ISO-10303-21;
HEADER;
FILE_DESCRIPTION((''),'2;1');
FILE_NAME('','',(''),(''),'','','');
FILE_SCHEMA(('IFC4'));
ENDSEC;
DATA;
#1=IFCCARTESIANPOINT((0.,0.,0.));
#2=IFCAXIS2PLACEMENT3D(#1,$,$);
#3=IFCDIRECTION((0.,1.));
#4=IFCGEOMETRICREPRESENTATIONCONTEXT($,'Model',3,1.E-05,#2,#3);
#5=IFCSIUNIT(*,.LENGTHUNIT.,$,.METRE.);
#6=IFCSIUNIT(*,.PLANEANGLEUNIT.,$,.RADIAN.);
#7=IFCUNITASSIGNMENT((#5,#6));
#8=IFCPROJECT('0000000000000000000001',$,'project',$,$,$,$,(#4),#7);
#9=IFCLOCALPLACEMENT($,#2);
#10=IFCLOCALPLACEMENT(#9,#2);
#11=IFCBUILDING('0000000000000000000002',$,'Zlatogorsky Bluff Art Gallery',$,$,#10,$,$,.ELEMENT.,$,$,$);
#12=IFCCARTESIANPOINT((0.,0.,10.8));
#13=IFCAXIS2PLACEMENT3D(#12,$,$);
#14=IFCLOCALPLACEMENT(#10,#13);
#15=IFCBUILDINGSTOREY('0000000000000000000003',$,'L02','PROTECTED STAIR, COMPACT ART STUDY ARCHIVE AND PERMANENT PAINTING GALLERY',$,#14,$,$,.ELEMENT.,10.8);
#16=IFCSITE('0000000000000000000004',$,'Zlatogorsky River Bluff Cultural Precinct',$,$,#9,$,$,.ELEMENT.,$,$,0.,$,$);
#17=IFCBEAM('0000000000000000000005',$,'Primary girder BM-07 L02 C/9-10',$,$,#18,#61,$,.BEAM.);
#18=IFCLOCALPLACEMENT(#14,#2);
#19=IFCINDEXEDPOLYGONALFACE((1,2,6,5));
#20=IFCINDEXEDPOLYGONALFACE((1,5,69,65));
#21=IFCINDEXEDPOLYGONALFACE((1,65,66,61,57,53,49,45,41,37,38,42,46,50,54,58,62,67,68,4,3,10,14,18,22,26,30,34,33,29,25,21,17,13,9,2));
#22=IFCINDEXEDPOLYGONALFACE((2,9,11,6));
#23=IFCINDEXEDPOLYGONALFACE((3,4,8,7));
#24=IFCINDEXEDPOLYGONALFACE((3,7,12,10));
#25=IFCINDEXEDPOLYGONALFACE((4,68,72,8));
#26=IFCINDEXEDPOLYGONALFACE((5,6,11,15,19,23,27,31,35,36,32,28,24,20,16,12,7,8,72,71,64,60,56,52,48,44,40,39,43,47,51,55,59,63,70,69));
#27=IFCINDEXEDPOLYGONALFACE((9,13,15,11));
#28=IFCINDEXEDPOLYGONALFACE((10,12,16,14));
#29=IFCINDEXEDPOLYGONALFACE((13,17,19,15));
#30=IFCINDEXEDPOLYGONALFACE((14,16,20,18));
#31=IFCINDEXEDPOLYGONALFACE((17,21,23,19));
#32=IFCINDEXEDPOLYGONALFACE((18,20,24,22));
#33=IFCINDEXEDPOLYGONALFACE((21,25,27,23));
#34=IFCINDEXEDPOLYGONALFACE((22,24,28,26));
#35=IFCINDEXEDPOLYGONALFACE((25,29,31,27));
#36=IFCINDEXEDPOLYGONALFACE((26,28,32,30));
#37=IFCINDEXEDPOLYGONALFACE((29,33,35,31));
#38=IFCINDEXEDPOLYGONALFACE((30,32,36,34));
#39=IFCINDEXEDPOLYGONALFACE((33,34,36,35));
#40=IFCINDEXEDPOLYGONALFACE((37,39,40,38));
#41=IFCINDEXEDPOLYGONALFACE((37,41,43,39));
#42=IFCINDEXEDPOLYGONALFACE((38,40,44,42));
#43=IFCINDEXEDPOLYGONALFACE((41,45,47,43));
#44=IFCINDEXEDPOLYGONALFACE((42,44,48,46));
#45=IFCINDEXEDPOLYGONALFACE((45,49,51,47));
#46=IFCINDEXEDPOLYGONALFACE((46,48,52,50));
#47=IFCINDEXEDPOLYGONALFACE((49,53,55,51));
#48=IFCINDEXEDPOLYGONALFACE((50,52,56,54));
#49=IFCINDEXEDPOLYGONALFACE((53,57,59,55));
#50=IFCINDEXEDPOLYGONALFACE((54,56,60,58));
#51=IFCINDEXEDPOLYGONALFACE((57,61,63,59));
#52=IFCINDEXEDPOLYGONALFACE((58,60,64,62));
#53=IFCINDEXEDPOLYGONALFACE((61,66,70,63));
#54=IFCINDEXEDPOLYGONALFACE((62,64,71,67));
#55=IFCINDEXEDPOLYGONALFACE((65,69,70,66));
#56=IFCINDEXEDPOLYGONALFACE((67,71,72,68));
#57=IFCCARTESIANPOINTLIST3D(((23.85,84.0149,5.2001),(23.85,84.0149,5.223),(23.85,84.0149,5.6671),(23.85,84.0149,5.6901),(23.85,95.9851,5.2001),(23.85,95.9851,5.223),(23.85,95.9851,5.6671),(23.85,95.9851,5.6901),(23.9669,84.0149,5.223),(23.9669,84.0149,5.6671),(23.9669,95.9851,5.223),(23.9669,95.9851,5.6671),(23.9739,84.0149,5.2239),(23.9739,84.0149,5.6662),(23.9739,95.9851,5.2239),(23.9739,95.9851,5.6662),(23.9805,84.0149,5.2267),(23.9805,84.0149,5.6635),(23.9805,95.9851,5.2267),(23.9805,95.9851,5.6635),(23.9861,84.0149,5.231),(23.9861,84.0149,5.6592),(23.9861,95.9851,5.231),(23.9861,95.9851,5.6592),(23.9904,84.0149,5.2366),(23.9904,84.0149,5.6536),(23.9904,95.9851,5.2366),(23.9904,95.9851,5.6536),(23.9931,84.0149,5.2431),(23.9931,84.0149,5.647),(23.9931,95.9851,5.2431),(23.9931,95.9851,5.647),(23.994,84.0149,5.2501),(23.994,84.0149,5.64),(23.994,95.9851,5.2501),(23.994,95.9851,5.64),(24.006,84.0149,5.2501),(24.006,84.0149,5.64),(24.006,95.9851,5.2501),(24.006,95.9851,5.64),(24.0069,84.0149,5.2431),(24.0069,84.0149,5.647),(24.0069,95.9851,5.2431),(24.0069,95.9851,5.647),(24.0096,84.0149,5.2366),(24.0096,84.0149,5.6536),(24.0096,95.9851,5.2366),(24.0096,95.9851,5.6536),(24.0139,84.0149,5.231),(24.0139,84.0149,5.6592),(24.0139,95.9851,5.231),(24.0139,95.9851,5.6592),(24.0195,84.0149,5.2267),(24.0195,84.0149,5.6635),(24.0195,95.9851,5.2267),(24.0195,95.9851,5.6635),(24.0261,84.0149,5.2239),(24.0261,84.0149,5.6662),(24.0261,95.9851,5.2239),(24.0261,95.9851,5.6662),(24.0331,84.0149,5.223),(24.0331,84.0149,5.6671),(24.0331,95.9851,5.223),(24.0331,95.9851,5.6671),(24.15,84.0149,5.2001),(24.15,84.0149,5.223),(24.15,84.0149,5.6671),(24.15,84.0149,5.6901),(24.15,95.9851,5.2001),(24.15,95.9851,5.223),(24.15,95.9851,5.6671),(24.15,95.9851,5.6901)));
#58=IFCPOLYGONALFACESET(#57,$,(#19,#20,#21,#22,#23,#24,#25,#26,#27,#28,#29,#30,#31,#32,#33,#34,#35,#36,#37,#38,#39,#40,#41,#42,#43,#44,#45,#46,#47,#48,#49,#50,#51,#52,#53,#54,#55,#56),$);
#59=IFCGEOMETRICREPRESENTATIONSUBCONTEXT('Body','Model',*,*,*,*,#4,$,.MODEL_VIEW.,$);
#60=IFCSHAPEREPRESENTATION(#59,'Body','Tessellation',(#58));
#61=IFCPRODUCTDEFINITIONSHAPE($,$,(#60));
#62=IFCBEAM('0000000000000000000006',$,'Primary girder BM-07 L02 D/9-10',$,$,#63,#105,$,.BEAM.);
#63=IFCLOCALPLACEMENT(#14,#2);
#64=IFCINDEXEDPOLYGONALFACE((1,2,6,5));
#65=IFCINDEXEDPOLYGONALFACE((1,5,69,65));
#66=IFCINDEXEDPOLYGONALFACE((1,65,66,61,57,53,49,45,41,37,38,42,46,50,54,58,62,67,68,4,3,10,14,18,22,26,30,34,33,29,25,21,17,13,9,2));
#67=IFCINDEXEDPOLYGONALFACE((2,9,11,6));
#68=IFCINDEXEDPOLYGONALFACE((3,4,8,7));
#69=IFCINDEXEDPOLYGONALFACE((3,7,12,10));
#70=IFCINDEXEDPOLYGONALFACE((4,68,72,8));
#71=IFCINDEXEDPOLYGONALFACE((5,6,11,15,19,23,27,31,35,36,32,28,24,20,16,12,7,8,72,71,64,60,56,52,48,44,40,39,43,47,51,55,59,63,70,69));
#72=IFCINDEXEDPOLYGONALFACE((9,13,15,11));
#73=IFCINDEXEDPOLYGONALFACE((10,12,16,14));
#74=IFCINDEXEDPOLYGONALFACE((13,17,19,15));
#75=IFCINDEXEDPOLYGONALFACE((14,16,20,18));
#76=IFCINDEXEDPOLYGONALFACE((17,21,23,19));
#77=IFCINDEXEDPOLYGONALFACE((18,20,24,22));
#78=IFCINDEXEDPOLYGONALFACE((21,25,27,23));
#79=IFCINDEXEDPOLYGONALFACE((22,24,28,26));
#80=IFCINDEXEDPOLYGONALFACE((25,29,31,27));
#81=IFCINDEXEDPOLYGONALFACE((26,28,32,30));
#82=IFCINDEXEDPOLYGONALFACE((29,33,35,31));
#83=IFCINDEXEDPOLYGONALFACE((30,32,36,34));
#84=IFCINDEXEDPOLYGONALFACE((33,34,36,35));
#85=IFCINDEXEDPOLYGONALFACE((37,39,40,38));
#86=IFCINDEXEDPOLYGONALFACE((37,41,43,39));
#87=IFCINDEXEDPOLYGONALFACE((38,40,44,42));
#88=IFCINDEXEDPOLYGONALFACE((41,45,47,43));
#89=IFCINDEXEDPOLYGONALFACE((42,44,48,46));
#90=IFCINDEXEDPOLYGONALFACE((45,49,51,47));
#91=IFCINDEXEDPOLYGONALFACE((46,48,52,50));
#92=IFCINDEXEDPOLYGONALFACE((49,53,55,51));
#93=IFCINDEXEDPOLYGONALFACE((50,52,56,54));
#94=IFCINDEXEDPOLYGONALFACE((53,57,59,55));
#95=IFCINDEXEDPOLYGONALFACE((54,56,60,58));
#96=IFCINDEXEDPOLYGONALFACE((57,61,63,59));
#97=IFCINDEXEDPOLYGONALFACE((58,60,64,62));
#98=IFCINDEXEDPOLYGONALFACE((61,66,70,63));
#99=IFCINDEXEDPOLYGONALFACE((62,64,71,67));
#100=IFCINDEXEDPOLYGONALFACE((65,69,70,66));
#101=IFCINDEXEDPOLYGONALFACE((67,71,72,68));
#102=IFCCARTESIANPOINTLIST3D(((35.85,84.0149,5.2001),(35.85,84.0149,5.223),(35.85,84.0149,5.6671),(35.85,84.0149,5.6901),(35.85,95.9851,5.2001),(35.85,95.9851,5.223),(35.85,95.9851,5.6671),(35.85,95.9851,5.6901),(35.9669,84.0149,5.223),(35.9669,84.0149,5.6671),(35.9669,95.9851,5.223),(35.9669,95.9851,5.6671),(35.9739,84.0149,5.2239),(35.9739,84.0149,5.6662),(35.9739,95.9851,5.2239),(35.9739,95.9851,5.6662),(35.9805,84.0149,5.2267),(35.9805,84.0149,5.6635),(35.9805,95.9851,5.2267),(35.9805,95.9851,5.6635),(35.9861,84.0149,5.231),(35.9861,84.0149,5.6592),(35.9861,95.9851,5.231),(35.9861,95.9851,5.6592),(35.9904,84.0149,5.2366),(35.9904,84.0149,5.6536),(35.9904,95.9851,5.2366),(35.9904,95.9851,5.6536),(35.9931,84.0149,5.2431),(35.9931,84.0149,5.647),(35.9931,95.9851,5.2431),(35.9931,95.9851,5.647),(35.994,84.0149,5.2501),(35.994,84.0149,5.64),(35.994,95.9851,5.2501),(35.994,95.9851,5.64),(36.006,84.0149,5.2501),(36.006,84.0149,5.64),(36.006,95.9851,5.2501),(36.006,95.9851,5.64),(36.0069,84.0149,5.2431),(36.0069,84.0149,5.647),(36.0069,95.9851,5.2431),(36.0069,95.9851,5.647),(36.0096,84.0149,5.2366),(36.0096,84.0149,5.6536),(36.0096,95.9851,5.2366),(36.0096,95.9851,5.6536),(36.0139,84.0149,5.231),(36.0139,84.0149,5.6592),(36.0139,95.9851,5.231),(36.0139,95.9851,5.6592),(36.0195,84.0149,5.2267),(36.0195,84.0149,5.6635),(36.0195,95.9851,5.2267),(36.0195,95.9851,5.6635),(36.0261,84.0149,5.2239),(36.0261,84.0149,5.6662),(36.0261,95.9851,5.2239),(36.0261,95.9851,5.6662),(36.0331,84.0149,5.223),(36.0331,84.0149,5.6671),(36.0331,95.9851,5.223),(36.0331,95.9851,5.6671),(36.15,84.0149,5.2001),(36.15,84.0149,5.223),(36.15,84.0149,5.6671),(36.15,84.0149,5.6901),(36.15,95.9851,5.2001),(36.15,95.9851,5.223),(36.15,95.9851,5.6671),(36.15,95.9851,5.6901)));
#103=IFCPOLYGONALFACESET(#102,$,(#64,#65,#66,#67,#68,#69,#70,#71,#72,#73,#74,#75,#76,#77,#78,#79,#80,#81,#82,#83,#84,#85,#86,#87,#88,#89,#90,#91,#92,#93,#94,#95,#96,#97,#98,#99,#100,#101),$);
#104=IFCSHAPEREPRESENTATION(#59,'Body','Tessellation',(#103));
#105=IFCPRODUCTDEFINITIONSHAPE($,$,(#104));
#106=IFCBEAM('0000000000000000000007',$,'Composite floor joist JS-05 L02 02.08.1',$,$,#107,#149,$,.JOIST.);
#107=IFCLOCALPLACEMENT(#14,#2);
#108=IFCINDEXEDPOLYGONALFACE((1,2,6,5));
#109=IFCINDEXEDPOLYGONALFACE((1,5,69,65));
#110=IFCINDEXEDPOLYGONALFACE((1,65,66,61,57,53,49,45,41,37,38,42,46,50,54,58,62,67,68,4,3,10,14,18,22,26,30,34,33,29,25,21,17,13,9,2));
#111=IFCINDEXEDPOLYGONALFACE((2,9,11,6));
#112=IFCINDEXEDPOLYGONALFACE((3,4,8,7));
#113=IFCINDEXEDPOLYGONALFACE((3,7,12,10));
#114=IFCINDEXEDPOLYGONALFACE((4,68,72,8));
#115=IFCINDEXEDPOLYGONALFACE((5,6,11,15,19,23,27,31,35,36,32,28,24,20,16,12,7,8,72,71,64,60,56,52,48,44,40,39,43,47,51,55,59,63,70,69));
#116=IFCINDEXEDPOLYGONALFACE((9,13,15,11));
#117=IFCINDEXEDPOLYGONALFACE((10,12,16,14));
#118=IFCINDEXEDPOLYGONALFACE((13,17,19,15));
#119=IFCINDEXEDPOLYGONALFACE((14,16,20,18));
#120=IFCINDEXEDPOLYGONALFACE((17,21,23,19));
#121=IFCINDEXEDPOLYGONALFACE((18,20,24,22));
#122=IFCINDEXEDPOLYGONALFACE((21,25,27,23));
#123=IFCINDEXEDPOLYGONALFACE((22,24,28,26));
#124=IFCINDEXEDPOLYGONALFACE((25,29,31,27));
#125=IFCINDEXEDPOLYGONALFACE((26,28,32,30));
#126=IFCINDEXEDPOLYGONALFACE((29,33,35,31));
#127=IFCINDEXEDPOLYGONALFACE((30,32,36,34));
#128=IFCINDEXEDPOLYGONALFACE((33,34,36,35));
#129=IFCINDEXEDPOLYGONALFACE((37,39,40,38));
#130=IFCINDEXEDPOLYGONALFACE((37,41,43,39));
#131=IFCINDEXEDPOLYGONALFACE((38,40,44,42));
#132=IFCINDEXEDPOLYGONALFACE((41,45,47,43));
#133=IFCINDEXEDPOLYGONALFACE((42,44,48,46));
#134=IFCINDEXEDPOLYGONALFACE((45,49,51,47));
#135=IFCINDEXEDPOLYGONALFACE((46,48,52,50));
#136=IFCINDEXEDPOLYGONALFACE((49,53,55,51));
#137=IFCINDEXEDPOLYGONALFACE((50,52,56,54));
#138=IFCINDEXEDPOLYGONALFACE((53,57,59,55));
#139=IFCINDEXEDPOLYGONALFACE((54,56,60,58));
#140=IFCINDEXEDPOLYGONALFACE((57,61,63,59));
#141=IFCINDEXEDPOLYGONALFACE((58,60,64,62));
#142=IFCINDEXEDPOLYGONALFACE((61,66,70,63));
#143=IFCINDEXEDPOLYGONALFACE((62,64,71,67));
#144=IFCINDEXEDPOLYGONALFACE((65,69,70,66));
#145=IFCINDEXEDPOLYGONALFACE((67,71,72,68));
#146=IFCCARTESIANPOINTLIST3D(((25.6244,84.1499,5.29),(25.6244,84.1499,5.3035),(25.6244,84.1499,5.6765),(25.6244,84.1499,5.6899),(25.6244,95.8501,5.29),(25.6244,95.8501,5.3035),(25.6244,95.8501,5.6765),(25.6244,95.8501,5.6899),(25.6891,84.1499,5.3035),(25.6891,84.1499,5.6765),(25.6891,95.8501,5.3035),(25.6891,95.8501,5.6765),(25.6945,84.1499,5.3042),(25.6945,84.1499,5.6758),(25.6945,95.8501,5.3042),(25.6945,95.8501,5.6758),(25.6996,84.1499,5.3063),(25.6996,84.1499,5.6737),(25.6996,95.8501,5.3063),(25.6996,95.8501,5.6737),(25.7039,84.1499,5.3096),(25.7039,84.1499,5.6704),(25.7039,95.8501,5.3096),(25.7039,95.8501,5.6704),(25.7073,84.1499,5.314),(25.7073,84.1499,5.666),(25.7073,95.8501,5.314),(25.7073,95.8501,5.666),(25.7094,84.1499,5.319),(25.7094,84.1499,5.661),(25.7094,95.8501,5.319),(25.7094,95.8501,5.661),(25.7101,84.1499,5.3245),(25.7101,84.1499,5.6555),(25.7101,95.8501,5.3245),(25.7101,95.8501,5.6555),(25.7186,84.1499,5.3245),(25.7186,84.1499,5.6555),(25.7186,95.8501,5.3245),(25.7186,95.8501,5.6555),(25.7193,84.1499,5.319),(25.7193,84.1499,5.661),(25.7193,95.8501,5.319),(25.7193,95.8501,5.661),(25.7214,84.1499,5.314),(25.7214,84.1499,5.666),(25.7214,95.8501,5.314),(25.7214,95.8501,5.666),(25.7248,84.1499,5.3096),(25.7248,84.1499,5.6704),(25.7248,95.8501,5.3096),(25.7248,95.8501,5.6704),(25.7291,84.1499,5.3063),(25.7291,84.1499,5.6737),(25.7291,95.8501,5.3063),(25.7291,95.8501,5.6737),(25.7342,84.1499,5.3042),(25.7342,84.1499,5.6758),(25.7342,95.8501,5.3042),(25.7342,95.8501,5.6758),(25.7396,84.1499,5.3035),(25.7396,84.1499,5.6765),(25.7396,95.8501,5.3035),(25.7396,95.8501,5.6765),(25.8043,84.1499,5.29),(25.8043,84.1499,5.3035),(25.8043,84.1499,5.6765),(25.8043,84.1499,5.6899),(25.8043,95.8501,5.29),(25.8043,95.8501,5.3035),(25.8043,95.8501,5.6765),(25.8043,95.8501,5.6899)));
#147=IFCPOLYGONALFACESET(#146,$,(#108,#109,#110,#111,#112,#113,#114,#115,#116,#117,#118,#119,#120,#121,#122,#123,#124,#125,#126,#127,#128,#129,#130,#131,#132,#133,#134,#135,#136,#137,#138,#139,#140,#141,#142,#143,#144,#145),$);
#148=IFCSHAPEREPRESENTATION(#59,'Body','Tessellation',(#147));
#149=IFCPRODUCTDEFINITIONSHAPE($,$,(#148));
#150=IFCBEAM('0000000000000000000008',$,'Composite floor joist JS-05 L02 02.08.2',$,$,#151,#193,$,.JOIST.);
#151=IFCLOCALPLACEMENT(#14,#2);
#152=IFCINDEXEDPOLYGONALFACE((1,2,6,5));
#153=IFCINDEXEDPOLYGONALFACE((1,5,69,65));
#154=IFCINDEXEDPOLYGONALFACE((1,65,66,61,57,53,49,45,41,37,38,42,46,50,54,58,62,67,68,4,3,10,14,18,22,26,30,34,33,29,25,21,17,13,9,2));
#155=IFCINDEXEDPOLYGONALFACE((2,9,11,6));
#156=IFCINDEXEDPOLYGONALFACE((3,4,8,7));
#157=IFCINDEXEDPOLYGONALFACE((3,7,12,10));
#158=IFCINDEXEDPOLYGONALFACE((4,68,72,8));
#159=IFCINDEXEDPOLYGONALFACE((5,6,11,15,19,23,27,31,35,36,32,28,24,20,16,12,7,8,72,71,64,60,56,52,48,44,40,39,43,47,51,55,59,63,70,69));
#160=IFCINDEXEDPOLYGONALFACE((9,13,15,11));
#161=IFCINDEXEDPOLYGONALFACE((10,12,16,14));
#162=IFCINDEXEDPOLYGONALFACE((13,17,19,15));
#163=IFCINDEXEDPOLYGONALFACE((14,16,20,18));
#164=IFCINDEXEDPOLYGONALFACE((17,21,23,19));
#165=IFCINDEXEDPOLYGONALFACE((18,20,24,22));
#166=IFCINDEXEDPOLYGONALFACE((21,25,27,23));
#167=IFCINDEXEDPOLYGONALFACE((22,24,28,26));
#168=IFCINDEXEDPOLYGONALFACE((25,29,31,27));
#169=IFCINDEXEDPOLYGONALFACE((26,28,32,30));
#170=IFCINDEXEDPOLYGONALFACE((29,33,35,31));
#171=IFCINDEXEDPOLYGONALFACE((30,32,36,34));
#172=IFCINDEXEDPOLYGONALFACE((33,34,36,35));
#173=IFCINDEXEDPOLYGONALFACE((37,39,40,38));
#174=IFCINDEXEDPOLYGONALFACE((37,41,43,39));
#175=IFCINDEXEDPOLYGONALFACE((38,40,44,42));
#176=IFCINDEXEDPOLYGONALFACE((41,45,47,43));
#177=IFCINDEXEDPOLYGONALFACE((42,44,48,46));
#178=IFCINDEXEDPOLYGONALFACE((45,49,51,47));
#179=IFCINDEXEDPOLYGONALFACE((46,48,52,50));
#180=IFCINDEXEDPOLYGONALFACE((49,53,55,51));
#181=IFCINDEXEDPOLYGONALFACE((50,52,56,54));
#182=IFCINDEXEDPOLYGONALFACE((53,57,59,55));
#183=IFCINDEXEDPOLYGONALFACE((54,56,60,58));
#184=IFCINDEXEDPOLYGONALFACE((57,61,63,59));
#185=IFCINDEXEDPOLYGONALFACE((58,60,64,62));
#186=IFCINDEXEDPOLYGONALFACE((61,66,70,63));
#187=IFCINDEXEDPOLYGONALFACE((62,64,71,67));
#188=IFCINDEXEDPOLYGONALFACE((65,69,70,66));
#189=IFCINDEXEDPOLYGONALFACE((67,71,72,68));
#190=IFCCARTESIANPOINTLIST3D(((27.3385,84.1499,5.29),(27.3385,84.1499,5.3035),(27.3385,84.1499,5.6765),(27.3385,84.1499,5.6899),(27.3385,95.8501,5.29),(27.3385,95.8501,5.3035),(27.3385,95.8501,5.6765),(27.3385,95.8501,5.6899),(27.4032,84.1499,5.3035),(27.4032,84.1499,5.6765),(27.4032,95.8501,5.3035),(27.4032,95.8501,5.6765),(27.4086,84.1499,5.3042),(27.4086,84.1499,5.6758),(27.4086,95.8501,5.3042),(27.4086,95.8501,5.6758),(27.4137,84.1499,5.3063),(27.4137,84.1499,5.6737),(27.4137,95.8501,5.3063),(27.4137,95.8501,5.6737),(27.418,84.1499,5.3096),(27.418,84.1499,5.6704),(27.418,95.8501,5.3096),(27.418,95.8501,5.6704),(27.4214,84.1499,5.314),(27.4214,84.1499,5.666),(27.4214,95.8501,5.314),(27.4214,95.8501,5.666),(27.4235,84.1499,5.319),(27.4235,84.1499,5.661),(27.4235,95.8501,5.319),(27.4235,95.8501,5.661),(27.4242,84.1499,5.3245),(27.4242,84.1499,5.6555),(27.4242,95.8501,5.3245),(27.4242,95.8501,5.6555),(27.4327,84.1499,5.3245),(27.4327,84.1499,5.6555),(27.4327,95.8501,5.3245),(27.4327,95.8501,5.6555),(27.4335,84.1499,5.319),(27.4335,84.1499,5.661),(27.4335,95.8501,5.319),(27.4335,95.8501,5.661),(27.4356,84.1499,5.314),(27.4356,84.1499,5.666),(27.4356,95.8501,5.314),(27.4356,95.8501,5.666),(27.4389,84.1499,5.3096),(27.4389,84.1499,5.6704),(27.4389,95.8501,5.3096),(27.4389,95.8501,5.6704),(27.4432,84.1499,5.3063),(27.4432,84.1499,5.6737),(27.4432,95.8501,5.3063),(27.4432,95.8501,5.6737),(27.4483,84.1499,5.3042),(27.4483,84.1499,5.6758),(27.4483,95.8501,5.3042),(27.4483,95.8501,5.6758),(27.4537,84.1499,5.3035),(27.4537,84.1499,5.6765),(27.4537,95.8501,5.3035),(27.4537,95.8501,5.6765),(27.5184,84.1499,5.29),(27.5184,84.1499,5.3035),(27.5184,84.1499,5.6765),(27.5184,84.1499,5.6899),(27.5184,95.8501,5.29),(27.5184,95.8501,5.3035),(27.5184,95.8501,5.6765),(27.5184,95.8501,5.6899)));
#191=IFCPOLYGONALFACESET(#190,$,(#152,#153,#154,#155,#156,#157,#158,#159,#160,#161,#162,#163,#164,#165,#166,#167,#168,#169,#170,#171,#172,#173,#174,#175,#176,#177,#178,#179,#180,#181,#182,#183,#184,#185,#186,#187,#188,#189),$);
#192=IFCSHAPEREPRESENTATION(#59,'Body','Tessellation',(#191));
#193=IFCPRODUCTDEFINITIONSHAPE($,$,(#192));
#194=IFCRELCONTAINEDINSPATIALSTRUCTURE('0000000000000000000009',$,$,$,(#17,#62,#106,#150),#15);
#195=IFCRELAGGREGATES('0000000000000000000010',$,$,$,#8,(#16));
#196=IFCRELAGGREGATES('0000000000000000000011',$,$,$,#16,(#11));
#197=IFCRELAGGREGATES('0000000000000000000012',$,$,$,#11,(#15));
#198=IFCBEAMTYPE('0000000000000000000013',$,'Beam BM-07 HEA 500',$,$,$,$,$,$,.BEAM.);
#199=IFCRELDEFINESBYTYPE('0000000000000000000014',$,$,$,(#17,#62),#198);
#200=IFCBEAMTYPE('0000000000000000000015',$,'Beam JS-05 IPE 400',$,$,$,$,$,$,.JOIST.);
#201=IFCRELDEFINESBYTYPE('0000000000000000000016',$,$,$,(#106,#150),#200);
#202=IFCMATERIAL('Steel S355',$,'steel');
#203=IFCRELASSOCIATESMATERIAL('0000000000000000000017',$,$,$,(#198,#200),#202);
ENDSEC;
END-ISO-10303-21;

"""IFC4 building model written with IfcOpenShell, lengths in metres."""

from ifc_helpers import new_model, si_unit, direction, frame, origin, origin_2d, place, context, subcontext, project, spatial, i_section, extrude, material, material_profile, profile_set, type_object, element, save


model = new_model("IFC4")

# Units and contexts
model_context = context("Model", 3, precision=1e-05, world=origin(), true_north=direction((0.0, 1.0)))
body_context = subcontext(model_context, "Body", "Model", "MODEL_VIEW")
ifc_project = project(units=[si_unit("LENGTHUNIT", "METRE"), si_unit("PLANEANGLEUNIT", "RADIAN")], contexts=[model_context])

# Site, building, storey
site_placement = place(None, origin())
site = spatial("IfcSite", under=ifc_project, at=site_placement, Name="Zlatogorsky River Bluff Cultural Precinct", CompositionType="ELEMENT", RefElevation=0.0)
building_placement = place(site_placement, origin())
building = spatial("IfcBuilding", under=site, at=building_placement, Name="Zlatogorsky Bluff Art Gallery", CompositionType="ELEMENT")
storey_placement = place(building_placement, frame((0.0, 0.0, 10.8)))
storey = spatial("IfcBuildingStorey", under=building, at=storey_placement, Name="L02", Description="PROTECTED STAIR, COMPACT ART STUDY ARCHIVE AND PERMANENT PAINTING GALLERY", CompositionType="ELEMENT", Elevation=10.8)

# Shared definitions
ifc_material_1 = material(Name="Steel S355", Category="steel")

# Beams
ifc_material_profile_1 = material_profile(ifc_material_1, i_section(OverallWidth=0.3, OverallDepth=0.49, WebThickness=0.012, FlangeThickness=0.0229, FilletRadius=0.0271, at=origin_2d()), Name="HEA 500")
ifc_profile_set_1 = profile_set([ifc_material_profile_1], Name="Steel S355")
beam_type_1 = type_object("IfcBeamType", Name="Beam BM-07 HEA 500", PredefinedType="BEAM", material=ifc_profile_set_1)
for number, where, z_axis, x_axis, name in (
    (1, (24.0, 84.0149, 5.4451), (0.0, 1.0, 0.0), (-1.0, 0.0, 0.0), "Primary girder BM-07 L02 C/9-10"),
    (2, (36.0, 84.0149, 5.4451), (0.0, 1.0, 0.0), (-1.0, 0.0, 0.0), "Primary girder BM-07 L02 D/9-10"),
):
    element("IfcBeam", number, at=place(storey_placement, frame(where, z_axis=z_axis, x_axis=x_axis)), inside=storey, type_object=beam_type_1, Name=name, PredefinedType="BEAM", context=body_context, shape_type="SweptSolid", body=[
        extrude(i_section(OverallWidth=0.3, OverallDepth=0.49, WebThickness=0.012, FlangeThickness=0.0229, FilletRadius=0.0271, at=origin_2d()), origin(), (0.0, 0.0, 1.0), 11.9702),
    ])
ifc_material_profile_2 = material_profile(ifc_material_1, i_section(OverallWidth=0.1799, OverallDepth=0.3999, WebThickness=0.0085, FlangeThickness=0.0134, FilletRadius=0.021, at=origin_2d()), Name="IPE 400")
ifc_profile_set_2 = profile_set([ifc_material_profile_2], Name="Steel S355")
beam_type_2 = type_object("IfcBeamType", Name="Beam JS-05 IPE 400", PredefinedType="JOIST", material=ifc_profile_set_2)
for number, where, z_axis, x_axis, name in (
    (3, (25.7144, 84.1499, 5.49), (0.0, 1.0, 0.0), (-1.0, 0.0, 0.0), "Composite floor joist JS-05 L02 02.08.1"),
    (4, (27.4285, 84.1499, 5.49), (0.0, 1.0, 0.0), (-1.0, 0.0, 0.0), "Composite floor joist JS-05 L02 02.08.2"),
):
    element("IfcBeam", number, at=place(storey_placement, frame(where, z_axis=z_axis, x_axis=x_axis)), inside=storey, type_object=beam_type_2, Name=name, PredefinedType="JOIST", context=body_context, shape_type="SweptSolid", body=[
        extrude(i_section(OverallWidth=0.1799, OverallDepth=0.3999, WebThickness=0.0085, FlangeThickness=0.0134, FilletRadius=0.021, at=origin_2d()), origin(), (0.0, 0.0, 1.0), 11.7002),
    ])

save(model, "model.ifc")
